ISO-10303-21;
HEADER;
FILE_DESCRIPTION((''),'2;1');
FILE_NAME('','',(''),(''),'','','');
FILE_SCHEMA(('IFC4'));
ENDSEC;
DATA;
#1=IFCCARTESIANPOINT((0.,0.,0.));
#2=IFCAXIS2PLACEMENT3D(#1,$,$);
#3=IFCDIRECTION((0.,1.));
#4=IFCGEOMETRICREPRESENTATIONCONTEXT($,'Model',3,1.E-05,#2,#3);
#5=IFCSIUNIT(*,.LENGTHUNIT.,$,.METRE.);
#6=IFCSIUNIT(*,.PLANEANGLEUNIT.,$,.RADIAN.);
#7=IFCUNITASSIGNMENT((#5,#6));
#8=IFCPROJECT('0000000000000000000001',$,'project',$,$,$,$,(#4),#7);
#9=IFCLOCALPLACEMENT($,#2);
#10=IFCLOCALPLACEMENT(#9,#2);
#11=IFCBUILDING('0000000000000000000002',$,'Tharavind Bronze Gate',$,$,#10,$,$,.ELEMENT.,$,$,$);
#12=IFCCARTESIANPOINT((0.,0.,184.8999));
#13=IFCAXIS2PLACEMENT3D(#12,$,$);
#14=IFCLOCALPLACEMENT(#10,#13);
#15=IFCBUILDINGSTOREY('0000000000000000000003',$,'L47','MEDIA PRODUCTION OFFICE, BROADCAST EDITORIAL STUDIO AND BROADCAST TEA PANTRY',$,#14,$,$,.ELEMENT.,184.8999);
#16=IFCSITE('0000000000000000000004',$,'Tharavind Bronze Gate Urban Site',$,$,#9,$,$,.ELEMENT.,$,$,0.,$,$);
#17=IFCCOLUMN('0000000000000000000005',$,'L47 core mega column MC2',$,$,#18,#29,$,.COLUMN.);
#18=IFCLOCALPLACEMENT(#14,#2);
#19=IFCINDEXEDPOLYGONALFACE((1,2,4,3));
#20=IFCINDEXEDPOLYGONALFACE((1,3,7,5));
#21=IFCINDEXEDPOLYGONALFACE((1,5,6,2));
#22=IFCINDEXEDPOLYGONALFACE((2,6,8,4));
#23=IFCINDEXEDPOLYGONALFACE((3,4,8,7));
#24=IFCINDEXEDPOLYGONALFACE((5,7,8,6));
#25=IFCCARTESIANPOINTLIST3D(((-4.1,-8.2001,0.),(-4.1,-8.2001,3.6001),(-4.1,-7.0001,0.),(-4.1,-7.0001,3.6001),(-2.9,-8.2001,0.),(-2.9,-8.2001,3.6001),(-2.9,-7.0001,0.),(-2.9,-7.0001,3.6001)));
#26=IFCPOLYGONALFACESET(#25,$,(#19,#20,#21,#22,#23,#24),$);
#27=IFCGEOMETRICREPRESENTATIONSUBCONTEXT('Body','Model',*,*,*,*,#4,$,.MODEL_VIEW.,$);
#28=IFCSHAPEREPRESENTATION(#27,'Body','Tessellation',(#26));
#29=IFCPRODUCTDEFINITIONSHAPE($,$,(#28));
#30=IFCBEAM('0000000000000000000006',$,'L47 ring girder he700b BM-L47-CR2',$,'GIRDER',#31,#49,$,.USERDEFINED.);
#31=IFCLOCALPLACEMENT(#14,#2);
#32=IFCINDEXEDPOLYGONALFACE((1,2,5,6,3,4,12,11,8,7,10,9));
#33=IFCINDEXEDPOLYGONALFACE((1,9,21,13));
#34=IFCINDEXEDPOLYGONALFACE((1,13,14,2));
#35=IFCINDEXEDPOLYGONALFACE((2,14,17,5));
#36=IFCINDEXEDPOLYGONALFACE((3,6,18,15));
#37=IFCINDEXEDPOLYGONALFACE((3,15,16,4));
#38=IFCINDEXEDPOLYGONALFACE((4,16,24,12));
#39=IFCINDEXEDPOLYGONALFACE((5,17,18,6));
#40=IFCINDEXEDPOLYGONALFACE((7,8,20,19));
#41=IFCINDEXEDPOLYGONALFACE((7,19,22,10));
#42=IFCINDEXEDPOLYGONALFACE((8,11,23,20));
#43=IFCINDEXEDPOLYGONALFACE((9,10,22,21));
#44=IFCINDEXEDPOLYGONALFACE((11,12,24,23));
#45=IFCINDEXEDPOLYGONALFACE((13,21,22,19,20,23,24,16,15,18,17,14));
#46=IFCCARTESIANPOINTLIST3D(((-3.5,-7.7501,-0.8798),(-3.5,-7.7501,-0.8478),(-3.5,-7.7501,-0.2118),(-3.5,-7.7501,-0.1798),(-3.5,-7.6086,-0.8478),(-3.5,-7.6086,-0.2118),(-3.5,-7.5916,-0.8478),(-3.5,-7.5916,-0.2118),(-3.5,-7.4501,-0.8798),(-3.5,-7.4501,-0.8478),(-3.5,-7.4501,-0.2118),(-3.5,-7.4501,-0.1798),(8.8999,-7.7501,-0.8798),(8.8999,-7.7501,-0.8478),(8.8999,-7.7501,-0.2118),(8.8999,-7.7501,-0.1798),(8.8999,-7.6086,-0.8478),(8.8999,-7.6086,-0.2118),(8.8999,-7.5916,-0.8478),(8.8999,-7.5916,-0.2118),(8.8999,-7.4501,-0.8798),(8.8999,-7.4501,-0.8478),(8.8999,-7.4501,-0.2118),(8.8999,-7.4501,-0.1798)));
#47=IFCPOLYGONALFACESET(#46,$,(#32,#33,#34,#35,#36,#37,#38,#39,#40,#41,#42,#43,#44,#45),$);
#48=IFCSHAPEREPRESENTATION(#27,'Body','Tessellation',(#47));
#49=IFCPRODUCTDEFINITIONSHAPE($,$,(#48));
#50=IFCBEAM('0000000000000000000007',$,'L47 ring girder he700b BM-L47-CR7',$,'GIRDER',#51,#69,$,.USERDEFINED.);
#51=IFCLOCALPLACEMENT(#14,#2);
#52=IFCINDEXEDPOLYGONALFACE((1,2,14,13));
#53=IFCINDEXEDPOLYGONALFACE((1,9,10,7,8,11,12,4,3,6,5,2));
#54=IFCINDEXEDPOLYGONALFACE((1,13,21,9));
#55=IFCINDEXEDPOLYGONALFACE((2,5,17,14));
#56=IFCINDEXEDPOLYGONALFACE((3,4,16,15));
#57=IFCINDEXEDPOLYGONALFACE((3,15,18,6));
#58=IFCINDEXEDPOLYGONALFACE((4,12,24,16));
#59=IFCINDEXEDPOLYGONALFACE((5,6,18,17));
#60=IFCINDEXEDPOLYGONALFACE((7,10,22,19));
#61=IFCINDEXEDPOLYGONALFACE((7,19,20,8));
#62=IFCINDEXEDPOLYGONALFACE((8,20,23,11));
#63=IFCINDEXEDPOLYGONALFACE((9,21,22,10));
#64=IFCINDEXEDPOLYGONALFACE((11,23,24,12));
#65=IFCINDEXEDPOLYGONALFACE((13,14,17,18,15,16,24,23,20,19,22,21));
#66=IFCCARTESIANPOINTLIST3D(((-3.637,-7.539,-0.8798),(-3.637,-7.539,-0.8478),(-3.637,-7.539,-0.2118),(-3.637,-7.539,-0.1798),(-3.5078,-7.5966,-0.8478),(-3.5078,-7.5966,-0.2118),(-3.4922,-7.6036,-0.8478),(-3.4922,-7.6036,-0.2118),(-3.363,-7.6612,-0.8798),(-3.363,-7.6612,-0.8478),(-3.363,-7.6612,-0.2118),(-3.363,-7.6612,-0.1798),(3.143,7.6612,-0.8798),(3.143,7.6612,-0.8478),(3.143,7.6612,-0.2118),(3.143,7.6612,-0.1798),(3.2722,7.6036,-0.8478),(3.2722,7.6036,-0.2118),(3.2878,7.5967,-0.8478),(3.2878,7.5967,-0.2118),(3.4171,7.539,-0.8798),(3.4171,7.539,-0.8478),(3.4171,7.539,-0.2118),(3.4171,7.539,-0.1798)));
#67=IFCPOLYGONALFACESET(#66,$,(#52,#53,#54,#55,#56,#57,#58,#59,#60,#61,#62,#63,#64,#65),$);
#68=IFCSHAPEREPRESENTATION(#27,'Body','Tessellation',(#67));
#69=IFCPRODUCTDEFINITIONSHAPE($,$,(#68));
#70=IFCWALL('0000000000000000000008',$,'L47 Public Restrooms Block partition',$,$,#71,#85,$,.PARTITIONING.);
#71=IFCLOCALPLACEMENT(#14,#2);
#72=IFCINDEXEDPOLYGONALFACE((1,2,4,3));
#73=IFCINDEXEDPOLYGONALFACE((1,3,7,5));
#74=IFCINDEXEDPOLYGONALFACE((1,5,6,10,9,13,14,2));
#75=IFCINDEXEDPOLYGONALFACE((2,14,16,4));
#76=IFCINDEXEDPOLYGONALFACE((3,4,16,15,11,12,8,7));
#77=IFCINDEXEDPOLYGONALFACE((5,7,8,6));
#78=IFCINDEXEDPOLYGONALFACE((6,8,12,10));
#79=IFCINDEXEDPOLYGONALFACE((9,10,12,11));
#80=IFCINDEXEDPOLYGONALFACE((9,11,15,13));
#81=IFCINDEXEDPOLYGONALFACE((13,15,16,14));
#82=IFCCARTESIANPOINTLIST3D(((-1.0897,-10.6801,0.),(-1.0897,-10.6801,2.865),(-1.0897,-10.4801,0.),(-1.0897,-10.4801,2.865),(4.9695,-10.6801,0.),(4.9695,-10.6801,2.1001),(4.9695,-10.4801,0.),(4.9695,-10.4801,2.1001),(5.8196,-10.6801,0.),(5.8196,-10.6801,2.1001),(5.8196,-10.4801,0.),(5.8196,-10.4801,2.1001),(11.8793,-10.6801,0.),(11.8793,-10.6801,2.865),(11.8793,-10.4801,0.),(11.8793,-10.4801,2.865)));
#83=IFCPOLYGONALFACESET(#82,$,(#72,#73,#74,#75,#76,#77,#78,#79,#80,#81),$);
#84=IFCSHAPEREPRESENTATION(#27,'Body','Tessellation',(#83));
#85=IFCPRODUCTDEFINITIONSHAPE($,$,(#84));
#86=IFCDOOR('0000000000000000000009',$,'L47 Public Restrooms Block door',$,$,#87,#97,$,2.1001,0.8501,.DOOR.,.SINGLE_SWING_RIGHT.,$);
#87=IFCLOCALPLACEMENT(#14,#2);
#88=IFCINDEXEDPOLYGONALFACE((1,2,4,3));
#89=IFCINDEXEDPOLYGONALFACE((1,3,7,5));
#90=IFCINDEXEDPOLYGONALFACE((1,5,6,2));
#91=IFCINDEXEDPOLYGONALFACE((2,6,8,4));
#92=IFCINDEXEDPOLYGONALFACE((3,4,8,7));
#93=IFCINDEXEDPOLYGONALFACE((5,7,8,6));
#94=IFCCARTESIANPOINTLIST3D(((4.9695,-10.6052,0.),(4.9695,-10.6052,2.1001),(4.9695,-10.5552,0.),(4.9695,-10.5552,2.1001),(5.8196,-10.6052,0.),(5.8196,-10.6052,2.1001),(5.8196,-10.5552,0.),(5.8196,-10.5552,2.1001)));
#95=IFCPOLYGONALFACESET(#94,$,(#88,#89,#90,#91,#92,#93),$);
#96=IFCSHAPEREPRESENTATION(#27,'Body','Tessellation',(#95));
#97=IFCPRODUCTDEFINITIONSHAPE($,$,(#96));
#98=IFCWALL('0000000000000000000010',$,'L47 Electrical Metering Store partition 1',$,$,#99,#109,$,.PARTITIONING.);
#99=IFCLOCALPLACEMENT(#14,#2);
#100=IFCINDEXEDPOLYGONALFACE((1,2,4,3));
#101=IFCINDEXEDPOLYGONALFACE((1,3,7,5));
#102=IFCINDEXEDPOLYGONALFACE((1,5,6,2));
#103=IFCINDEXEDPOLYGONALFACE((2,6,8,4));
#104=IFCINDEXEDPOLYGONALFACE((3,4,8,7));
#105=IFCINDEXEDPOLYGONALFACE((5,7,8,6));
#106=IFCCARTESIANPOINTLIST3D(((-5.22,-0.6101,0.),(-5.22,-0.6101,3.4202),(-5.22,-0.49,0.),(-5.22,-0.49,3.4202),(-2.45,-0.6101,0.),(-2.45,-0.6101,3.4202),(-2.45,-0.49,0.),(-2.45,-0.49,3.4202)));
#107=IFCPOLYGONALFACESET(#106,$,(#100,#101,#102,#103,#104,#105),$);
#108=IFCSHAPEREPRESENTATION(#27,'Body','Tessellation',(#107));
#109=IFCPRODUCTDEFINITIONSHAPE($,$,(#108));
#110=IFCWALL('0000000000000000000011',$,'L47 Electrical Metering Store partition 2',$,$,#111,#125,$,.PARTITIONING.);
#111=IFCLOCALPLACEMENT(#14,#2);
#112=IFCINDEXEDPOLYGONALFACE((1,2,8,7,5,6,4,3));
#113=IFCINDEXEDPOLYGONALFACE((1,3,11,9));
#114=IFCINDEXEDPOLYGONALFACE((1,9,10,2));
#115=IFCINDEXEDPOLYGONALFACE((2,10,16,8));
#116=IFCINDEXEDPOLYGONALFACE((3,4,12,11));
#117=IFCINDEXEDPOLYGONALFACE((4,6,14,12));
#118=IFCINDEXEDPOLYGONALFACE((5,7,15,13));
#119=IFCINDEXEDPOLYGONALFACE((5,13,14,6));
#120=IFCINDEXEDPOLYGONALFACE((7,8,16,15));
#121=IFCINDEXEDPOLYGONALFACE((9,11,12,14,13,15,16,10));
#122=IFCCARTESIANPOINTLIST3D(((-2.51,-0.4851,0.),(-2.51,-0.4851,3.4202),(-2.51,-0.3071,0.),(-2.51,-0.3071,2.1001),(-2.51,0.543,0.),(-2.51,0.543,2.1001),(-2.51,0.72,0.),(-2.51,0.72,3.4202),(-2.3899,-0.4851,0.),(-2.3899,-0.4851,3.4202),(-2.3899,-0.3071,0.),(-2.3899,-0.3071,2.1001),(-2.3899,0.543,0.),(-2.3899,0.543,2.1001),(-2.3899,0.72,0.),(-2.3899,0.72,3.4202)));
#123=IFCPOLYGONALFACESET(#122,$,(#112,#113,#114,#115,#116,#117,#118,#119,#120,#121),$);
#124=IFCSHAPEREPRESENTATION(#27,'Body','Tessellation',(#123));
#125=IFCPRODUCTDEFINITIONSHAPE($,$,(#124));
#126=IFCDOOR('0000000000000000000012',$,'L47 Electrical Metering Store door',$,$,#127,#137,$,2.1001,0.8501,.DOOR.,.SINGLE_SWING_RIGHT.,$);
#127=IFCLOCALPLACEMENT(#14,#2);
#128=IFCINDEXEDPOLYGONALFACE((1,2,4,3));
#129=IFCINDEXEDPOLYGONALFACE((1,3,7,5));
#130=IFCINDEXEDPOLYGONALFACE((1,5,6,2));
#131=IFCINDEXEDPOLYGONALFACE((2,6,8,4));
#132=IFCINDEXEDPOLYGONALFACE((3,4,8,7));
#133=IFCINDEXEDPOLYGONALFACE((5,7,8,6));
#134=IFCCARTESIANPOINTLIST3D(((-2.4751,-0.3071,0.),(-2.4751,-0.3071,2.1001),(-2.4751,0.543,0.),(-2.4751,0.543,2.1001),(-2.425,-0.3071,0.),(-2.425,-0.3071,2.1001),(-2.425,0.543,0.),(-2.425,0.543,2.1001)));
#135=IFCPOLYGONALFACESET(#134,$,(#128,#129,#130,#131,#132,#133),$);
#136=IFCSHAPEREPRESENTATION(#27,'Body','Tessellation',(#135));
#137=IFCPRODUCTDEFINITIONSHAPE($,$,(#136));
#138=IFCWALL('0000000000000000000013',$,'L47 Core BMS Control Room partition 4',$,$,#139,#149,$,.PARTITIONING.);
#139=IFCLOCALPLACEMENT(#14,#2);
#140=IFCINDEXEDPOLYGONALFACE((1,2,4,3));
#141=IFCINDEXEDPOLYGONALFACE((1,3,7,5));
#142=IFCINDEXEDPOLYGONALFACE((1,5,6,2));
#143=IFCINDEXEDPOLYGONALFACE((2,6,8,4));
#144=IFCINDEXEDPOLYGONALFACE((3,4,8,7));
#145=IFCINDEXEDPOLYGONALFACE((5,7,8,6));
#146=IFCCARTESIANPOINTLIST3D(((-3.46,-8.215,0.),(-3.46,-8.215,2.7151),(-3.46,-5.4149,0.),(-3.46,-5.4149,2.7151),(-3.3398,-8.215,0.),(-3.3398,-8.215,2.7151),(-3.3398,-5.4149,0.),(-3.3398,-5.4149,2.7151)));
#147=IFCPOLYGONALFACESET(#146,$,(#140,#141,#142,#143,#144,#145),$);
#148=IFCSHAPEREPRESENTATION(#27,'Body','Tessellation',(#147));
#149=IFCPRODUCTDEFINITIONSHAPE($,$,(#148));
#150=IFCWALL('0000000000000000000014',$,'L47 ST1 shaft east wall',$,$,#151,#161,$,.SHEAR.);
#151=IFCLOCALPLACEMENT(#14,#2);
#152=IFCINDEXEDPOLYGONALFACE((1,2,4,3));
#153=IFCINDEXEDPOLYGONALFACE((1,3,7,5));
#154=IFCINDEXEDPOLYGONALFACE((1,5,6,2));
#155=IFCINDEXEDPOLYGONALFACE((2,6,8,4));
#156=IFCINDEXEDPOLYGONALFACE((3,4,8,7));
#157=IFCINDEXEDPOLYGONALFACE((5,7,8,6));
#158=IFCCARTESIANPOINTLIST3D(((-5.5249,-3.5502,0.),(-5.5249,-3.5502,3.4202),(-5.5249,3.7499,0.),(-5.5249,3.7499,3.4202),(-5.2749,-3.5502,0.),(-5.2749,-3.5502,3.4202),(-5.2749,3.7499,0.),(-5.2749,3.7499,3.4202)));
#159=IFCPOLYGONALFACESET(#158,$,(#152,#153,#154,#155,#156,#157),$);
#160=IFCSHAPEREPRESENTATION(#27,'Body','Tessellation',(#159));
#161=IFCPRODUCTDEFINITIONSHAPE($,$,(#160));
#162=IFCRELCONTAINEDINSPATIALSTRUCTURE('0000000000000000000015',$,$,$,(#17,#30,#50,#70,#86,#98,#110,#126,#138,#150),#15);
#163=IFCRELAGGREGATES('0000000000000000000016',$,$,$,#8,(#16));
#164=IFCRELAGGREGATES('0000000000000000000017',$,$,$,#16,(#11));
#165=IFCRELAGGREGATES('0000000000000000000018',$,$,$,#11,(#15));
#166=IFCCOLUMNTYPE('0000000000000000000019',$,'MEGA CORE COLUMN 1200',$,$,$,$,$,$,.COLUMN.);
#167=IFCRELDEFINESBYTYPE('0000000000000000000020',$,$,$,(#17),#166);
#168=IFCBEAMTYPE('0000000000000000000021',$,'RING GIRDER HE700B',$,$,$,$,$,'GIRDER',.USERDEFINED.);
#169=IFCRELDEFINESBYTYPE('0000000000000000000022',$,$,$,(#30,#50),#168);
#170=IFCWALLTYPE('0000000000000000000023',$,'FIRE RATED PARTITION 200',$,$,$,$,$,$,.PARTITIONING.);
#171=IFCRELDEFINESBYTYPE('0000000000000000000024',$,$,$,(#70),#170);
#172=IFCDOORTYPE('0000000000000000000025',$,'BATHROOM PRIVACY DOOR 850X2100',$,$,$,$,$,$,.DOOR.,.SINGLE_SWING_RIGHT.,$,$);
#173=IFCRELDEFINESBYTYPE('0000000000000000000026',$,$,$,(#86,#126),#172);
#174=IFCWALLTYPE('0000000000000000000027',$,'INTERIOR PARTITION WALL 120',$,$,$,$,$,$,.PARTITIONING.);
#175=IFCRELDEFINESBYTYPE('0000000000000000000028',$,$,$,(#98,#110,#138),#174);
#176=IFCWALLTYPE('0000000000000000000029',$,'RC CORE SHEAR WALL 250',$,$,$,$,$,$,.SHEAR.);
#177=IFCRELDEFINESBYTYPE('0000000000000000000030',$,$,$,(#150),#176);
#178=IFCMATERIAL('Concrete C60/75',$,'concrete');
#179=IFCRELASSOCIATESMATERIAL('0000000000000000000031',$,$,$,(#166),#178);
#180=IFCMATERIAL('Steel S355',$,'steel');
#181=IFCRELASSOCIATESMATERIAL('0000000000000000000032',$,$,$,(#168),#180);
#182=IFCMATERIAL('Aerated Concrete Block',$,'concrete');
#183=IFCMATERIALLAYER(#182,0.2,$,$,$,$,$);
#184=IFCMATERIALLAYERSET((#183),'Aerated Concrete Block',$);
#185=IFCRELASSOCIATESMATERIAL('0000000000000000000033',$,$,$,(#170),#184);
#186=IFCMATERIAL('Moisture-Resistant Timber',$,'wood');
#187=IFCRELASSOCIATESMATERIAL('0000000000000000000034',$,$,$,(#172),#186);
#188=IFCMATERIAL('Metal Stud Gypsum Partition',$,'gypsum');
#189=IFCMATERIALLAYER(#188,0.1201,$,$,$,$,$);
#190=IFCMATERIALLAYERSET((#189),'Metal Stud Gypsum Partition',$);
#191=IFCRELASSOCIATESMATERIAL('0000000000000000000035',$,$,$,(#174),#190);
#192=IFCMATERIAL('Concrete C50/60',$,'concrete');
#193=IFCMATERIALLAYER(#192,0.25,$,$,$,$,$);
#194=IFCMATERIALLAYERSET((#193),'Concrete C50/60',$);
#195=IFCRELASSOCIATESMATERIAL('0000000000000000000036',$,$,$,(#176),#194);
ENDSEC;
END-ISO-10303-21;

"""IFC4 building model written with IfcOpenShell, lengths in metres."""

from ifc_helpers import new_model, si_unit, direction, frame, frame_2d, origin, origin_2d, place, context, subcontext, project, spatial, rectangle, i_section, extrude, material, layer, layer_set, material_profile, profile_set, type_object, element, fill, save


model = new_model("IFC4")

# Units and contexts
model_context = context("Model", 3, precision=1e-05, world=origin(), true_north=direction((0.0, 1.0)))
body_context = subcontext(model_context, "Body", "Model", "MODEL_VIEW")
ifc_project = project(units=[si_unit("LENGTHUNIT", "METRE"), si_unit("PLANEANGLEUNIT", "RADIAN")], contexts=[model_context])

# Site, building, storey
site_placement = place(None, origin())
site = spatial("IfcSite", under=ifc_project, at=site_placement, Name="Tharavind Bronze Gate Urban Site", CompositionType="ELEMENT", RefElevation=0.0)
building_placement = place(site_placement, origin())
building = spatial("IfcBuilding", under=site, at=building_placement, Name="Tharavind Bronze Gate", CompositionType="ELEMENT")
storey_placement = place(building_placement, frame((0.0, 0.0, 184.8999)))
storey = spatial("IfcBuildingStorey", under=building, at=storey_placement, Name="L47", Description="MEDIA PRODUCTION OFFICE, BROADCAST EDITORIAL STUDIO AND BROADCAST TEA PANTRY", CompositionType="ELEMENT", Elevation=184.8999)

# Column
ifc_material_1 = material(Name="Concrete C60/75", Category="concrete")
ifc_material_profile_1 = material_profile(ifc_material_1, rectangle(XDim=1.2, YDim=1.2, at=origin_2d()), Name="RCCOL1200")
ifc_profile_set_1 = profile_set([ifc_material_profile_1], Name="Concrete C60/75")
column_type = type_object("IfcColumnType", Name="MEGA CORE COLUMN 1200", PredefinedType="COLUMN", material=ifc_profile_set_1)
column_placement = place(storey_placement, frame((-3.5, -7.6001, 0.0), z_axis=(0.0, 0.0, 1.0), x_axis=(1.0, 0.0, 0.0)))
element("IfcColumn", 1, at=column_placement, inside=storey, type_object=column_type, Name="L47 core mega column MC2", PredefinedType="COLUMN", context=body_context, shape_type="SweptSolid", body=[
    extrude(rectangle(XDim=1.2, YDim=1.2, at=origin_2d()), origin(), (0.0, 0.0, 1.0), 3.6001),
])

# Beams
ifc_material_2 = material(Name="Steel S355", Category="steel")
ifc_material_profile_2 = material_profile(ifc_material_2, i_section(OverallWidth=0.3, OverallDepth=0.7, WebThickness=0.0171, FlangeThickness=0.032, at=origin_2d()), Name="HE700B")
ifc_profile_set_2 = profile_set([ifc_material_profile_2], Name="Steel S355")
beam_type = type_object("IfcBeamType", Name="RING GIRDER HE700B", ElementType="GIRDER", PredefinedType="USERDEFINED", material=ifc_profile_set_2)
beam_1_placement = place(storey_placement, frame((-3.5, -7.6001, -0.5298), z_axis=(1.0, 0.0, 0.0), x_axis=(0.0, 1.0, 0.0)))
element("IfcBeam", 2, at=beam_1_placement, inside=storey, type_object=beam_type, Name="L47 ring girder he700b BM-L47-CR2", ObjectType="GIRDER", PredefinedType="USERDEFINED", context=body_context, shape_type="SweptSolid", body=[
    extrude(i_section(OverallWidth=0.3, OverallDepth=0.7, WebThickness=0.0171, FlangeThickness=0.032, at=origin_2d()), origin(), (0.0, 0.0, 1.0), 12.3999),
])
beam_2_placement = place(storey_placement, frame((-3.5, -7.6001, -0.5298), z_axis=(0.407362, 0.913267, 0.0), x_axis=(-0.913267, 0.407362, 0.0)))
element("IfcBeam", 3, at=beam_2_placement, inside=storey, type_object=beam_type, Name="L47 ring girder he700b BM-L47-CR7", ObjectType="GIRDER", PredefinedType="USERDEFINED", context=body_context, shape_type="SweptSolid", body=[
    extrude(i_section(OverallWidth=0.3, OverallDepth=0.7, WebThickness=0.0171, FlangeThickness=0.032, at=origin_2d()), origin(), (0.0, 0.0, 1.0), 16.6438),
])

# Wall, opening, door
ifc_material_3 = material(Name="Aerated Concrete Block", Category="concrete")
ifc_layer_1 = layer(ifc_material_3, 0.2)
ifc_layer_set_1 = layer_set([ifc_layer_1], Name="Aerated Concrete Block")
wall_type_1 = type_object("IfcWallType", Name="FIRE RATED PARTITION 200", PredefinedType="PARTITIONING", material=ifc_layer_set_1)
wall_1_placement = place(storey_placement, frame((-1.0896, -10.5801, 0.0), z_axis=(0.0, 0.0, 1.0), x_axis=(1.0, 0.0, 0.0)))
wall_1 = element("IfcWall", 4, at=wall_1_placement, inside=storey, type_object=wall_type_1, Name="L47 Public Restrooms Block partition", PredefinedType="PARTITIONING", context=body_context, shape_type="SweptSolid", body=[
    extrude(rectangle(XDim=12.969, YDim=0.2, at=frame_2d((6.4844, 0.0))), origin(), (0.0, 0.0, 1.0), 2.865),
])
opening_1_placement = place(wall_1_placement, frame((6.0591, 0.0, 0.0)))
opening_1 = element("IfcOpeningElement", 5, at=opening_1_placement, cuts=wall_1, PredefinedType="OPENING", context=body_context, shape_type="SweptSolid", body=[
    extrude(rectangle(XDim=0.8501, YDim=2.1001, at=frame_2d((0.425, 1.05))), frame((0.0, 0.1101, 0.0), z_axis=(0.0, -1.0, 0.0), x_axis=(1.0, 0.0, 0.0)), (0.0, 0.0, 1.0), 0.22),
])
ifc_material_4 = material(Name="Moisture-Resistant Timber", Category="wood")
door_type_1 = type_object("IfcDoorType", Name="BATHROOM PRIVACY DOOR 850X2100", OperationType="SINGLE_SWING_RIGHT", PredefinedType="DOOR", material=ifc_material_4)
door_1_placement = place(opening_1_placement, origin())
door_1 = element("IfcDoor", 6, at=door_1_placement, inside=storey, type_object=door_type_1, Name="L47 Public Restrooms Block door", OperationType="SINGLE_SWING_RIGHT", OverallHeight=2.1001, OverallWidth=0.8501, PredefinedType="DOOR", context=body_context, shape_type="SweptSolid", body=[
    extrude(rectangle(XDim=0.8501, YDim=2.1001, at=frame_2d((0.425, 1.05))), frame((0.0, 0.0249, 0.0), z_axis=(0.0, -1.0, 0.0), x_axis=(1.0, 0.0, 0.0)), (0.0, 0.0, 1.0), 0.05),
])
fill(opening_1, door_1)

# Wall
ifc_material_5 = material(Name="Metal Stud Gypsum Partition", Category="gypsum")
ifc_layer_2 = layer(ifc_material_5, 0.1201)
ifc_layer_set_2 = layer_set([ifc_layer_2], Name="Metal Stud Gypsum Partition")
wall_type_2 = type_object("IfcWallType", Name="INTERIOR PARTITION WALL 120", PredefinedType="PARTITIONING", material=ifc_layer_set_2)
wall_2_placement = place(storey_placement, frame((-5.22, -0.55, 0.0), z_axis=(0.0, 0.0, 1.0), x_axis=(1.0, 0.0, 0.0)))
element("IfcWall", 7, at=wall_2_placement, inside=storey, type_object=wall_type_2, Name="L47 Electrical Metering Store partition 1", PredefinedType="PARTITIONING", context=body_context, shape_type="SweptSolid", body=[
    extrude(rectangle(XDim=2.77, YDim=0.1201, at=frame_2d((1.385, 0.0))), origin(), (0.0, 0.0, 1.0), 3.4202),
])

# Wall, opening, door
wall_3_placement = place(storey_placement, frame((-2.45, -0.4851, 0.0), z_axis=(0.0, 0.0, 1.0), x_axis=(0.0, 1.0, 0.0)))
wall_3 = element("IfcWall", 8, at=wall_3_placement, inside=storey, type_object=wall_type_2, Name="L47 Electrical Metering Store partition 2", PredefinedType="PARTITIONING", context=body_context, shape_type="SweptSolid", body=[
    extrude(rectangle(XDim=1.2051, YDim=0.1201, at=frame_2d((0.6025, 0.0))), origin(), (0.0, 0.0, 1.0), 3.4202),
])
opening_2_placement = place(wall_3_placement, frame((0.178, 0.0, 0.0)))
opening_2 = element("IfcOpeningElement", 9, at=opening_2_placement, cuts=wall_3, PredefinedType="OPENING", context=body_context, shape_type="SweptSolid", body=[
    extrude(rectangle(XDim=0.8501, YDim=2.1001, at=frame_2d((0.425, 1.05))), frame((0.0, 0.0701, 0.0), z_axis=(0.0, -1.0, 0.0), x_axis=(1.0, 0.0, 0.0)), (0.0, 0.0, 1.0), 0.1401),
])
door_2_placement = place(opening_2_placement, frame((0.8501, 0.0, 0.0), z_axis=(0.0, 0.0, 1.0), x_axis=(-1.0, 0.0, 0.0)))
door_2 = element("IfcDoor", 10, at=door_2_placement, inside=storey, type_object=door_type_1, Name="L47 Electrical Metering Store door", OperationType="SINGLE_SWING_RIGHT", OverallHeight=2.1001, OverallWidth=0.8501, PredefinedType="DOOR", context=body_context, shape_type="SweptSolid", body=[
    extrude(rectangle(XDim=0.8501, YDim=2.1001, at=frame_2d((0.425, 1.05))), frame((0.0, 0.0249, 0.0), z_axis=(0.0, -1.0, 0.0), x_axis=(1.0, 0.0, 0.0)), (0.0, 0.0, 1.0), 0.05),
])
fill(opening_2, door_2)

# Walls
wall_4_placement = place(storey_placement, frame((-3.3999, -5.415, 0.0), z_axis=(0.0, 0.0, 1.0), x_axis=(0.0, -1.0, 0.0)))
element("IfcWall", 11, at=wall_4_placement, inside=storey, type_object=wall_type_2, Name="L47 Core BMS Control Room partition 4", PredefinedType="PARTITIONING", context=body_context, shape_type="SweptSolid", body=[
    extrude(rectangle(XDim=2.8, YDim=0.1201, at=frame_2d((1.3999, 0.0))), origin(), (0.0, 0.0, 1.0), 2.7151),
])
ifc_material_6 = material(Name="Concrete C50/60", Category="concrete")
ifc_layer_3 = layer(ifc_material_6, 0.25)
ifc_layer_set_3 = layer_set([ifc_layer_3], Name="Concrete C50/60")
wall_type_3 = type_object("IfcWallType", Name="RC CORE SHEAR WALL 250", PredefinedType="SHEAR", material=ifc_layer_set_3)
wall_5_placement = place(storey_placement, frame((-5.3999, -3.55, 0.0), z_axis=(0.0, 0.0, 1.0), x_axis=(0.0, 1.0, 0.0)))
element("IfcWall", 12, at=wall_5_placement, inside=storey, type_object=wall_type_3, Name="L47 ST1 shaft east wall", PredefinedType="SHEAR", context=body_context, shape_type="SweptSolid", body=[
    extrude(rectangle(XDim=7.3, YDim=0.25, at=frame_2d((3.6499, 0.0))), origin(), (0.0, 0.0, 1.0), 3.4202),
])

save(model, "model.ifc")
